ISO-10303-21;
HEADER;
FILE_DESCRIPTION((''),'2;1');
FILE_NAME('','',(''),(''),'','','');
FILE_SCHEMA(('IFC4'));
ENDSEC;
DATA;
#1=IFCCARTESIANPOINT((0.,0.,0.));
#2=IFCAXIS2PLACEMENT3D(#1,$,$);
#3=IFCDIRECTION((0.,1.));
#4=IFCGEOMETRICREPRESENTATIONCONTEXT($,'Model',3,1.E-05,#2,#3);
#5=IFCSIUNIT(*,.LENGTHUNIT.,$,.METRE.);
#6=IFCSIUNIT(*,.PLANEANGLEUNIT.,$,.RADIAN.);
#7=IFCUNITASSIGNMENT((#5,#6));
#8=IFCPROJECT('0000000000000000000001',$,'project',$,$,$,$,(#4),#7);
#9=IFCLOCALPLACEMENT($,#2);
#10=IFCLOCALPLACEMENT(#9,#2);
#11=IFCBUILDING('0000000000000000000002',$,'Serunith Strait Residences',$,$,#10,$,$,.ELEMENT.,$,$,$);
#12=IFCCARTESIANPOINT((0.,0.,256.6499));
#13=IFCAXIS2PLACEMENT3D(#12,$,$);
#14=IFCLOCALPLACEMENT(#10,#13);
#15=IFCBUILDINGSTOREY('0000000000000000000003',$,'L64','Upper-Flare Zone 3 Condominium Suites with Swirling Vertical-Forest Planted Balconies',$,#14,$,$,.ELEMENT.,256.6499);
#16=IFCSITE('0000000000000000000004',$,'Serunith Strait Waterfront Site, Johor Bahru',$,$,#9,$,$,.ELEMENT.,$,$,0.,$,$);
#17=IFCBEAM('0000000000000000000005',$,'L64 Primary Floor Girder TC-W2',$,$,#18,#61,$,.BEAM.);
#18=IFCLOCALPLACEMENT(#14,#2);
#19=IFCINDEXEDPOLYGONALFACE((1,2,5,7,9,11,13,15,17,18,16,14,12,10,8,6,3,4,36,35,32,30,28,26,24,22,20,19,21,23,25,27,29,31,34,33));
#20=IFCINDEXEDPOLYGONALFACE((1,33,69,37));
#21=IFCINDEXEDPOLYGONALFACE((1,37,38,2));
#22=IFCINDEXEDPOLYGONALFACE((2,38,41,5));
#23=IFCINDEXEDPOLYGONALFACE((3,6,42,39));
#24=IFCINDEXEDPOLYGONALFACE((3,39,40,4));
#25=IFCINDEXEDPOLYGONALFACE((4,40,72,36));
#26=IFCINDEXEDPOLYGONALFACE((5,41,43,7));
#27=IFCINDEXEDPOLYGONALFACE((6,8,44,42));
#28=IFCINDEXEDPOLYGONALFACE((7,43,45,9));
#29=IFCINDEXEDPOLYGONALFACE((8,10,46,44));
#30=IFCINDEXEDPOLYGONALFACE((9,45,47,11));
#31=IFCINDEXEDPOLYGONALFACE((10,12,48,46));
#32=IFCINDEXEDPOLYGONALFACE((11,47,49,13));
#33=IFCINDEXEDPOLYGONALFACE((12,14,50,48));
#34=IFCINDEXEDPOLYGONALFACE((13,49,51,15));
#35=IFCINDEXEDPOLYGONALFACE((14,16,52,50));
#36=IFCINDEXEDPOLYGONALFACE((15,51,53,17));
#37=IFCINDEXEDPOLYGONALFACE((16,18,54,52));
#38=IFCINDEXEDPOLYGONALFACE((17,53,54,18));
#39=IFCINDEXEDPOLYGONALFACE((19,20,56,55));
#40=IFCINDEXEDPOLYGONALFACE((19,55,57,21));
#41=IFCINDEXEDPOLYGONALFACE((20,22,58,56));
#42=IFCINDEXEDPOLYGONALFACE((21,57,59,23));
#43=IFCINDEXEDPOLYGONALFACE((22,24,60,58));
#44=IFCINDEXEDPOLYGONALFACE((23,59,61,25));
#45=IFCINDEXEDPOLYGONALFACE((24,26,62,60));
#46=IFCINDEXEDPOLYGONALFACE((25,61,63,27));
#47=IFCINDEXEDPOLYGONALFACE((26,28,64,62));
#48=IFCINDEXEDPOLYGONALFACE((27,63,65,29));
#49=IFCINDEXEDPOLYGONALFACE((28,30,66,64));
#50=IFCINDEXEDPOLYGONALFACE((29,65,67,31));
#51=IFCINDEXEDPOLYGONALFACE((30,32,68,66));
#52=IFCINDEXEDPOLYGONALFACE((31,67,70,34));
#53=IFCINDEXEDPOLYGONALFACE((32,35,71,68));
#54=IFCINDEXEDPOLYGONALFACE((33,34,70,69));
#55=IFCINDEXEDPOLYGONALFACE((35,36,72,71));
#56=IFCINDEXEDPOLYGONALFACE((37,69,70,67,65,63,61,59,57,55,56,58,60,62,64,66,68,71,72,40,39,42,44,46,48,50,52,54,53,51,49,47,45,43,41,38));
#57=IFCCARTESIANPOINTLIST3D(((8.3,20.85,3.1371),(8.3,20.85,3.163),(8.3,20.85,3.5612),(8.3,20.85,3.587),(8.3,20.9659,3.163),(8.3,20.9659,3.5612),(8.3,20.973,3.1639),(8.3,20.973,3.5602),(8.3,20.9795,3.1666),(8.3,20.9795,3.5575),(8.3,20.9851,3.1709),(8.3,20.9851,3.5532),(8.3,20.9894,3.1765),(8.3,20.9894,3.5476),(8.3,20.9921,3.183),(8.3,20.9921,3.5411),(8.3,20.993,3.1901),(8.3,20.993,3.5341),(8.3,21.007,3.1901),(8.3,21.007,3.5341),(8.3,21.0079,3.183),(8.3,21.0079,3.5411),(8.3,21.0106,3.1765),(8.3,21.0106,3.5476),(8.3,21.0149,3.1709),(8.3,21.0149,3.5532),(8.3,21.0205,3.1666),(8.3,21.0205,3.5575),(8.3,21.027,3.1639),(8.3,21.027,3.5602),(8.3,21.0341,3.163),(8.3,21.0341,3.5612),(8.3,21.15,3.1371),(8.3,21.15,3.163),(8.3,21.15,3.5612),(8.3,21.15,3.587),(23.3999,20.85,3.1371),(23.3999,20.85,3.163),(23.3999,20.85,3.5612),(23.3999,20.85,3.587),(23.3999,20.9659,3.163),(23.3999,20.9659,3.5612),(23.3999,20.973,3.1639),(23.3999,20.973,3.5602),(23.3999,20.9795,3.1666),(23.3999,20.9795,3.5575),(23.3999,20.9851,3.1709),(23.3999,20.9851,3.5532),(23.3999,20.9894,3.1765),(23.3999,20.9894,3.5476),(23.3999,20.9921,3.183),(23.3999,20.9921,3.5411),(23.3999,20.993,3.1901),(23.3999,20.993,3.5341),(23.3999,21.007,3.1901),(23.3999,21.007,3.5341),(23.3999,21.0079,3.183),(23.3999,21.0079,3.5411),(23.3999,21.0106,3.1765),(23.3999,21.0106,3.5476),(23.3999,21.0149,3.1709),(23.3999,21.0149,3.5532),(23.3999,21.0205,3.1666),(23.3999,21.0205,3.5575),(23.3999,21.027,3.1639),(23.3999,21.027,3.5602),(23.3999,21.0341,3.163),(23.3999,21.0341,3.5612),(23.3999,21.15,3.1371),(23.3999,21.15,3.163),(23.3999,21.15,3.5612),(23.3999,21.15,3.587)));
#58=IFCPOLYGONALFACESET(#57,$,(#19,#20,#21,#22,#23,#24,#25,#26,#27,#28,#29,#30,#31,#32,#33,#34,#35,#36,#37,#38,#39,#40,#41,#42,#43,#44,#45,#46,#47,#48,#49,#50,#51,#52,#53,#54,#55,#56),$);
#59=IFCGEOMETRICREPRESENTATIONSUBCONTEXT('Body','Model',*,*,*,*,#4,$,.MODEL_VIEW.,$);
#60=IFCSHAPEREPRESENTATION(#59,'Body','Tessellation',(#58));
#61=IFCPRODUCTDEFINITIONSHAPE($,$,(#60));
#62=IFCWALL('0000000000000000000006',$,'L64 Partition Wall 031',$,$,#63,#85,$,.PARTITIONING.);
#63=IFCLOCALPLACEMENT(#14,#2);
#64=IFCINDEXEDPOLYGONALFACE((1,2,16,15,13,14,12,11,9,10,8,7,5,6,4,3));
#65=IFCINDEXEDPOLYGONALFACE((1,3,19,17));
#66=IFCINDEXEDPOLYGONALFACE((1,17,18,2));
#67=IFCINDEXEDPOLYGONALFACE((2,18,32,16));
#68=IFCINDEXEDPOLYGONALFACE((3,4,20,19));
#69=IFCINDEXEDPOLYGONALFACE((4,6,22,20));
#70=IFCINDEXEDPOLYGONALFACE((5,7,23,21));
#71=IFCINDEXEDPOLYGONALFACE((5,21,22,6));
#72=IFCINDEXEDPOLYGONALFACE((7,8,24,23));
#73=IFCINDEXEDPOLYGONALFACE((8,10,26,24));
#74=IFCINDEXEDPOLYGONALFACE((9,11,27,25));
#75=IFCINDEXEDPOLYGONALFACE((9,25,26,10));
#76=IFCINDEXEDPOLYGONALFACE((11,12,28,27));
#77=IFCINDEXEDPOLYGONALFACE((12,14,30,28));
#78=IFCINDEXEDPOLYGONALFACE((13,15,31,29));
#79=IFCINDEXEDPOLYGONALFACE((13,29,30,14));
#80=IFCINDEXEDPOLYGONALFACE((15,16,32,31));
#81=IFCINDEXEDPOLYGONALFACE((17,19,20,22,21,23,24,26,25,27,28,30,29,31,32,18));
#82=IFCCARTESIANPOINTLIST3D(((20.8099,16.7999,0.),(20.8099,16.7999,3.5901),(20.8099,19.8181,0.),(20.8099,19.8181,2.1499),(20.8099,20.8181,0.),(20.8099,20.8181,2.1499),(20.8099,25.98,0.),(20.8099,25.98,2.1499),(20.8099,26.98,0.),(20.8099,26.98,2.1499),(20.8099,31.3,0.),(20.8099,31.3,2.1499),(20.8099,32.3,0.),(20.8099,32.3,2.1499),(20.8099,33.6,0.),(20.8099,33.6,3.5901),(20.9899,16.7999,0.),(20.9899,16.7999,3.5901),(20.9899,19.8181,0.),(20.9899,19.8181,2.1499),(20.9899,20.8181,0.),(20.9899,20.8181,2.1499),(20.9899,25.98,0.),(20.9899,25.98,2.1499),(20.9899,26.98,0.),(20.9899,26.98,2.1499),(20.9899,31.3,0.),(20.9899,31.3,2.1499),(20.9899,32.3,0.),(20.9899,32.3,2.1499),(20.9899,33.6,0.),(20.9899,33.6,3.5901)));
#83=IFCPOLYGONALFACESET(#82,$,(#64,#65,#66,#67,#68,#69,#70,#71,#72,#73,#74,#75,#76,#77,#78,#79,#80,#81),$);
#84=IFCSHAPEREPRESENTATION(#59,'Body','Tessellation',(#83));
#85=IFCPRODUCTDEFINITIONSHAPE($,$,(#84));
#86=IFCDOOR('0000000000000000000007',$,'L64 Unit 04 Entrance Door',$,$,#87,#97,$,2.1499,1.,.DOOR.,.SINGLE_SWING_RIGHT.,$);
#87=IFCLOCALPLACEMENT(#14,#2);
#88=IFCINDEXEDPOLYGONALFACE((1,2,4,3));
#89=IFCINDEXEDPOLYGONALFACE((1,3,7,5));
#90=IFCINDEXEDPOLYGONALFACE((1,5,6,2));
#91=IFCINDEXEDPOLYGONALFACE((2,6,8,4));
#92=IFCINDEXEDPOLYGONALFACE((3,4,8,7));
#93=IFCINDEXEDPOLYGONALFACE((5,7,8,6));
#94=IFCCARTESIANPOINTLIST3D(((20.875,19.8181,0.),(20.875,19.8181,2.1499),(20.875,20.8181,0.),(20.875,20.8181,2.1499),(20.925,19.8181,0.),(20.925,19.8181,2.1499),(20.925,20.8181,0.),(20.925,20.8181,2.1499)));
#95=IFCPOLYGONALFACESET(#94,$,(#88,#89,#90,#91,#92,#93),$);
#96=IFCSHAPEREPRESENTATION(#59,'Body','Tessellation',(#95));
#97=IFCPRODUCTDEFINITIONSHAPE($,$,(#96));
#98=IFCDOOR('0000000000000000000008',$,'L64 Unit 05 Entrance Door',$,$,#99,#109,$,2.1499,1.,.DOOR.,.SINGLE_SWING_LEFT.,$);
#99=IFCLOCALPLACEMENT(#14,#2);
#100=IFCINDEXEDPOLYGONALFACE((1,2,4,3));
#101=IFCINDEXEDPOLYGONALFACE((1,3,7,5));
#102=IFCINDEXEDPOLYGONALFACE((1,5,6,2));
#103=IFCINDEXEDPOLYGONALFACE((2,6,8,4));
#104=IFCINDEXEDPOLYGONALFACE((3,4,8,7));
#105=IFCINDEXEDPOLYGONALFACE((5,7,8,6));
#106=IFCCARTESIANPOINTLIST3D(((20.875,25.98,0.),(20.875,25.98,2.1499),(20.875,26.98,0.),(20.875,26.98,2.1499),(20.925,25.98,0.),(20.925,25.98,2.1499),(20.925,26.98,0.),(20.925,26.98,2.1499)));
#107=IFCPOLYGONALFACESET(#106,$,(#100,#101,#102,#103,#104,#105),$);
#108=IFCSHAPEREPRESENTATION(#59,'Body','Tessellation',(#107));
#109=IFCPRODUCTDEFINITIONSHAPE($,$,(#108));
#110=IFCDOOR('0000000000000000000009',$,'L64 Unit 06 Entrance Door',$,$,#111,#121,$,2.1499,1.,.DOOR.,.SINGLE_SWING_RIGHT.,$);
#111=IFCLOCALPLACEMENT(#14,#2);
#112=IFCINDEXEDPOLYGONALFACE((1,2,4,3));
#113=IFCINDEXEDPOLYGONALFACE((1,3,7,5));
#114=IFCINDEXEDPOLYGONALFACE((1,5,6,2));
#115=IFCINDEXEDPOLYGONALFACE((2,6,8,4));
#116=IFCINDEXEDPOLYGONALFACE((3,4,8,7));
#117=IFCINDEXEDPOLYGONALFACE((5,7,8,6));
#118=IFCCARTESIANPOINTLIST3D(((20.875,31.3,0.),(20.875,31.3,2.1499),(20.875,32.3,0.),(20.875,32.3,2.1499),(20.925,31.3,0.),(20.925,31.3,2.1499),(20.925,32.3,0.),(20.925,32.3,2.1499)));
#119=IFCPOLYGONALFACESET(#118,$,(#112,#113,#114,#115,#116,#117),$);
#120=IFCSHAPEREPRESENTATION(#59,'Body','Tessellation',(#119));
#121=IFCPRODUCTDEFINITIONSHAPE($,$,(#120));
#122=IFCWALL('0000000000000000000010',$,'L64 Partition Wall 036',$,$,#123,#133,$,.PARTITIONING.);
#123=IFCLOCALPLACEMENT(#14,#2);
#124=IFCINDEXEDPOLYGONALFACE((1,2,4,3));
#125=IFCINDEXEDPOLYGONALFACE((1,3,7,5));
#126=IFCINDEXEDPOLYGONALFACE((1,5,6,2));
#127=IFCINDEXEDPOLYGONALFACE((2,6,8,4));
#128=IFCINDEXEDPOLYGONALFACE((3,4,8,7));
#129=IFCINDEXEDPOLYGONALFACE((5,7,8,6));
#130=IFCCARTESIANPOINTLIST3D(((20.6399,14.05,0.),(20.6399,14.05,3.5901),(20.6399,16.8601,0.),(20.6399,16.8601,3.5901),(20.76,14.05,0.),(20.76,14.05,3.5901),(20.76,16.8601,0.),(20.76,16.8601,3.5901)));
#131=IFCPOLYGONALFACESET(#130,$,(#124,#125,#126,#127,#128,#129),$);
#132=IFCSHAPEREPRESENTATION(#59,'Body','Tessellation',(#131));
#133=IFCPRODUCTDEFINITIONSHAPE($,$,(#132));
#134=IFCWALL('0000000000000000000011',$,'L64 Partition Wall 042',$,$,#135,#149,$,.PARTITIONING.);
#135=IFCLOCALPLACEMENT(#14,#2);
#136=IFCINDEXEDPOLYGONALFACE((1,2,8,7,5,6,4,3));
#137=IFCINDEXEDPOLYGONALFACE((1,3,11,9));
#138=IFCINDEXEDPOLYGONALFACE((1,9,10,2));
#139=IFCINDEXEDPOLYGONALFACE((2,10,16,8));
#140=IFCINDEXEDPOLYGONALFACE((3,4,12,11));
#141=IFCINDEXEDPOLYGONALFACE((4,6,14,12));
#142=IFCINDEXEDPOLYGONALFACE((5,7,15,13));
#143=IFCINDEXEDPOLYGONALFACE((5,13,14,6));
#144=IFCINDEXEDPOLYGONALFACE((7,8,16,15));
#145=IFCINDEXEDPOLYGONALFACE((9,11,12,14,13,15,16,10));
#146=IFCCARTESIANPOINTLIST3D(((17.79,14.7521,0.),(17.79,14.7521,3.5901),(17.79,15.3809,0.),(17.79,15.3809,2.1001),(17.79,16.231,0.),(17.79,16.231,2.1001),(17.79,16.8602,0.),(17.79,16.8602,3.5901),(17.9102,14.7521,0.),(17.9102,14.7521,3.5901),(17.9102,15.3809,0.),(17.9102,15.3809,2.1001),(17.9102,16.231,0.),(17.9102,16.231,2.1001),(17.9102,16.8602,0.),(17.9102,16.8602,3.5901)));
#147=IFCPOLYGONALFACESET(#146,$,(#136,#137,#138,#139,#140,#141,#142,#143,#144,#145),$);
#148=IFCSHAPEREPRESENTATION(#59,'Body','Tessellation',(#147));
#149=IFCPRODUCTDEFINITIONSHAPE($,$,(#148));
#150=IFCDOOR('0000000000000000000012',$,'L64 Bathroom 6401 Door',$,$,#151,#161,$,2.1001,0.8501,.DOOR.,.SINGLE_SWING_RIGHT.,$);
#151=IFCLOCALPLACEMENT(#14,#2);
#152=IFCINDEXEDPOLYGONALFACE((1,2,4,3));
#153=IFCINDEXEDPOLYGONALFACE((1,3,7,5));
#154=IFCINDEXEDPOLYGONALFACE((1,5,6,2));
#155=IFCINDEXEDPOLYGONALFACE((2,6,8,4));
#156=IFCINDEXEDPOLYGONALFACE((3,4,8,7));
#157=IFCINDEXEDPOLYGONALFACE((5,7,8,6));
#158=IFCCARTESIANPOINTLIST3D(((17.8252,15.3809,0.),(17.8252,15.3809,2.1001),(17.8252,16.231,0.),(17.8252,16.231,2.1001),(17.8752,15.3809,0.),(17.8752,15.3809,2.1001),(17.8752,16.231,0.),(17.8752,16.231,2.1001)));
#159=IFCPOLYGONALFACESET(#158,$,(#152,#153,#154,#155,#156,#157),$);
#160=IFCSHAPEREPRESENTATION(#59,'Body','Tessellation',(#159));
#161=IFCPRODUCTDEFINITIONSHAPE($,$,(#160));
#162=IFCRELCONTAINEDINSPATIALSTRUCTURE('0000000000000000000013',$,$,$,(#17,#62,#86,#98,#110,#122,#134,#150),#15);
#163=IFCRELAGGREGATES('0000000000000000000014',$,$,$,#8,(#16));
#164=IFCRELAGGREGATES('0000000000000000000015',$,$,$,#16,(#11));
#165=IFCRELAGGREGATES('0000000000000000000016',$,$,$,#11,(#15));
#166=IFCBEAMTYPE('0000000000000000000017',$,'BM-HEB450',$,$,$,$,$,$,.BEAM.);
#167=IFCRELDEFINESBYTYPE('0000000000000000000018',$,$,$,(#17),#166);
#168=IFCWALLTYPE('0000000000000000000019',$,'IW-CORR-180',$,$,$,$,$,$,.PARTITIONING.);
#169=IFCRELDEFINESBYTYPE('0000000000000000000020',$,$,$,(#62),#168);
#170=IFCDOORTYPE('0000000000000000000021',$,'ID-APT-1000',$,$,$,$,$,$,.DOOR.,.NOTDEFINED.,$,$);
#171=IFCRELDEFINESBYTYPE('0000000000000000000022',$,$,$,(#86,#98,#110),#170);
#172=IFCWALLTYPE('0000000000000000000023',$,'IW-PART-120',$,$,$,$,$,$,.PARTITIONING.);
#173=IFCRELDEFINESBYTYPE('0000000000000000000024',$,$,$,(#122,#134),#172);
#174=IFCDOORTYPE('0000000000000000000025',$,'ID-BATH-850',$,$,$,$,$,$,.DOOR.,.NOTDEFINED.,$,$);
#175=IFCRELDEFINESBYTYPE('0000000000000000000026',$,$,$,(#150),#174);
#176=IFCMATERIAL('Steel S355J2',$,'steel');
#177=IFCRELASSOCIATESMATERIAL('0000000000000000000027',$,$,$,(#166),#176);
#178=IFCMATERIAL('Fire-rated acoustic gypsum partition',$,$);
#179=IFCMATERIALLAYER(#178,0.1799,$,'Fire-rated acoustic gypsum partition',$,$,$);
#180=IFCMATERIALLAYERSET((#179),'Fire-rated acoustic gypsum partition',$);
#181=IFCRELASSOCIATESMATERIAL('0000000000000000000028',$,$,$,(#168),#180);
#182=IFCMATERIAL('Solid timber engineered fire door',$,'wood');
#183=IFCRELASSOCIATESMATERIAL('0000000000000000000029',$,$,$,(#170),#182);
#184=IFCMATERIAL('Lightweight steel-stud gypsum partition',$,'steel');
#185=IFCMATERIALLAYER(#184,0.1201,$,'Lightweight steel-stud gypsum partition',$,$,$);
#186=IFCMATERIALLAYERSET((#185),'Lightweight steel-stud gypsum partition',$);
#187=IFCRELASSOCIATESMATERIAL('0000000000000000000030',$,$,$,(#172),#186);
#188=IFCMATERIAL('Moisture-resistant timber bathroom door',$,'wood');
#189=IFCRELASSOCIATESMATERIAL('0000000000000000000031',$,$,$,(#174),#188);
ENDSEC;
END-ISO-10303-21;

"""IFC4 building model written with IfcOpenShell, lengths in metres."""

from ifc_helpers import new_model, si_unit, direction, frame, frame_2d, origin, origin_2d, place, context, subcontext, project, spatial, rectangle, i_section, extrude, source, transform, mapped, material, layer, layer_set, material_profile, profile_set, type_object, element, fill, save


model = new_model("IFC4")

# Units and contexts
model_context = context("Model", 3, precision=1e-05, world=origin(), true_north=direction((0.0, 1.0)))
body_context = subcontext(model_context, "Body", "Model", "MODEL_VIEW")
ifc_project = project(units=[si_unit("LENGTHUNIT", "METRE"), si_unit("PLANEANGLEUNIT", "RADIAN")], contexts=[model_context])

# Site, building, storey
site_placement = place(None, origin())
site = spatial("IfcSite", under=ifc_project, at=site_placement, Name="Serunith Strait Waterfront Site, Johor Bahru", CompositionType="ELEMENT", RefElevation=0.0)
building_placement = place(site_placement, origin())
building = spatial("IfcBuilding", under=site, at=building_placement, Name="Serunith Strait Residences", CompositionType="ELEMENT")
storey_placement = place(building_placement, frame((0.0, 0.0, 256.6499)))
storey = spatial("IfcBuildingStorey", under=building, at=storey_placement, Name="L64", Description="Upper-Flare Zone 3 Condominium Suites with Swirling Vertical-Forest Planted Balconies", CompositionType="ELEMENT", Elevation=256.6499)

# Beam
ifc_material_1 = material(Name="Steel S355J2", Category="steel")
ifc_material_profile = material_profile(ifc_material_1, i_section(OverallWidth=0.3, OverallDepth=0.45, WebThickness=0.0139, FlangeThickness=0.0259, FilletRadius=0.0271, at=origin_2d()), Name="HEB 450")
ifc_profile_set = profile_set([ifc_material_profile], Name="Steel S355J2")
beam_type = type_object("IfcBeamType", Name="BM-HEB450", PredefinedType="BEAM", material=ifc_profile_set)
shared_shape_1 = source(origin(), body_context, "Body", "SweptSolid", [
    extrude(i_section(OverallWidth=0.3, OverallDepth=0.45, WebThickness=0.0139, FlangeThickness=0.0259, FilletRadius=0.0271, at=origin_2d()), origin(), (0.0, 0.0, 1.0), 15.0999),
])
beam_placement = place(storey_placement, frame((23.3999, 21.0, 3.3621), z_axis=(-1.0, 0.0, 0.0), x_axis=(0.0, -1.0, 0.0)))
element("IfcBeam", 1, at=beam_placement, inside=storey, type_object=beam_type, Name="L64 Primary Floor Girder TC-W2", PredefinedType="BEAM", context=body_context, shape_type="MappedRepresentation", body=[
    mapped(shared_shape_1, transform((0.0, 0.0, 0.0), scale=1.0)),
])

# Shared definitions
ifc_material_2 = material(Name="Fire-rated acoustic gypsum partition")
ifc_layer_1 = layer(ifc_material_2, 0.1799, Name="Fire-rated acoustic gypsum partition")
ifc_layer_set_1 = layer_set([ifc_layer_1], Name="Fire-rated acoustic gypsum partition")
wall_type_1 = type_object("IfcWallType", Name="IW-CORR-180", PredefinedType="PARTITIONING", material=ifc_layer_set_1)
ifc_material_3 = material(Name="Solid timber engineered fire door", Category="wood")
door_type_1 = type_object("IfcDoorType", Name="ID-APT-1000", OperationType="NOTDEFINED", PredefinedType="DOOR", material=ifc_material_3)
shared_shape_2 = source(origin(), body_context, "Body", "SweptSolid", [
    extrude(rectangle(XDim=1.0, YDim=2.1499, at=frame_2d((0.5, 1.075))), frame((0.0, 0.0249, 0.0), z_axis=(0.0, -1.0, 0.0), x_axis=(1.0, 0.0, 0.0)), (0.0, 0.0, 1.0), 0.05),
])

# Wall, openings, doors
wall_1_placement = place(storey_placement, frame((20.8999, 16.8, 0.0), z_axis=(0.0, 0.0, 1.0), x_axis=(0.0, 1.0, 0.0)))
wall_1 = element("IfcWall", 2, at=wall_1_placement, inside=storey, type_object=wall_type_1, Name="L64 Partition Wall 031", PredefinedType="PARTITIONING", context=body_context, shape_type="SweptSolid", body=[
    extrude(rectangle(XDim=16.8, YDim=0.1799, at=frame_2d((8.3999, 0.0))), origin(), (0.0, 0.0, 1.0), 3.5901),
])
opening_1_placement = place(wall_1_placement, frame((3.0181, 0.0, 0.0)))
opening_1 = element("IfcOpeningElement", 3, at=opening_1_placement, cuts=wall_1, PredefinedType="OPENING", context=body_context, shape_type="SweptSolid", body=[
    extrude(rectangle(XDim=1.0, YDim=2.1499, at=frame_2d((0.5, 1.075))), frame((0.0, 0.1001, 0.0), z_axis=(0.0, -1.0, 0.0), x_axis=(1.0, 0.0, 0.0)), (0.0, 0.0, 1.0), 0.2),
])
opening_2_placement = place(wall_1_placement, frame((9.1799, 0.0, 0.0)))
opening_2 = element("IfcOpeningElement", 4, at=opening_2_placement, cuts=wall_1, PredefinedType="OPENING", context=body_context, shape_type="SweptSolid", body=[
    extrude(rectangle(XDim=1.0, YDim=2.1499, at=frame_2d((0.5, 1.075))), frame((0.0, 0.1001, 0.0), z_axis=(0.0, -1.0, 0.0), x_axis=(1.0, 0.0, 0.0)), (0.0, 0.0, 1.0), 0.2),
])
opening_3_placement = place(wall_1_placement, frame((14.5, 0.0, 0.0)))
opening_3 = element("IfcOpeningElement", 5, at=opening_3_placement, cuts=wall_1, PredefinedType="OPENING", context=body_context, shape_type="SweptSolid", body=[
    extrude(rectangle(XDim=1.0, YDim=2.1499, at=frame_2d((0.5, 1.075))), frame((0.0, 0.1001, 0.0), z_axis=(0.0, -1.0, 0.0), x_axis=(1.0, 0.0, 0.0)), (0.0, 0.0, 1.0), 0.2),
])
door_1_placement = place(opening_1_placement, origin())
door_1 = element("IfcDoor", 6, at=door_1_placement, inside=storey, type_object=door_type_1, Name="L64 Unit 04 Entrance Door", OperationType="SINGLE_SWING_RIGHT", OverallHeight=2.1499, OverallWidth=1.0, PredefinedType="DOOR", context=body_context, shape_type="MappedRepresentation", body=[
    mapped(shared_shape_2, transform((0.0, 0.0, 0.0), scale=1.0)),
])
fill(opening_1, door_1)
door_2_placement = place(opening_2_placement, origin())
door_2 = element("IfcDoor", 7, at=door_2_placement, inside=storey, type_object=door_type_1, Name="L64 Unit 05 Entrance Door", OperationType="SINGLE_SWING_LEFT", OverallHeight=2.1499, OverallWidth=1.0, PredefinedType="DOOR", context=body_context, shape_type="MappedRepresentation", body=[
    mapped(shared_shape_2, transform((0.0, 0.0, 0.0), scale=1.0)),
])
fill(opening_2, door_2)
door_3_placement = place(opening_3_placement, origin())
door_3 = element("IfcDoor", 8, at=door_3_placement, inside=storey, type_object=door_type_1, Name="L64 Unit 06 Entrance Door", OperationType="SINGLE_SWING_RIGHT", OverallHeight=2.1499, OverallWidth=1.0, PredefinedType="DOOR", context=body_context, shape_type="MappedRepresentation", body=[
    mapped(shared_shape_2, transform((0.0, 0.0, 0.0), scale=1.0)),
])
fill(opening_3, door_3)

# Wall
ifc_material_4 = material(Name="Lightweight steel-stud gypsum partition", Category="steel")
ifc_layer_2 = layer(ifc_material_4, 0.1201, Name="Lightweight steel-stud gypsum partition")
ifc_layer_set_2 = layer_set([ifc_layer_2], Name="Lightweight steel-stud gypsum partition")
wall_type_2 = type_object("IfcWallType", Name="IW-PART-120", PredefinedType="PARTITIONING", material=ifc_layer_set_2)
wall_2_placement = place(storey_placement, frame((20.7, 14.05, 0.0), z_axis=(0.0, 0.0, 1.0), x_axis=(0.0, 1.0, 0.0)))
element("IfcWall", 9, at=wall_2_placement, inside=storey, type_object=wall_type_2, Name="L64 Partition Wall 036", PredefinedType="PARTITIONING", context=body_context, shape_type="SweptSolid", body=[
    extrude(rectangle(XDim=2.8101, YDim=0.1201, at=frame_2d((1.405, 0.0))), origin(), (0.0, 0.0, 1.0), 3.5901),
])

# Wall, opening, door
wall_3_placement = place(storey_placement, frame((17.8501, 14.752, 0.0), z_axis=(0.0, 0.0, 1.0), x_axis=(0.0, 1.0, 0.0)))
wall_3 = element("IfcWall", 10, at=wall_3_placement, inside=storey, type_object=wall_type_2, Name="L64 Partition Wall 042", PredefinedType="PARTITIONING", context=body_context, shape_type="SweptSolid", body=[
    extrude(rectangle(XDim=2.1082, YDim=0.1201, at=frame_2d((1.0542, 0.0))), origin(), (0.0, 0.0, 1.0), 3.5901),
])
opening_4_placement = place(wall_3_placement, frame((0.6289, 0.0, 0.0)))
opening_4 = element("IfcOpeningElement", 11, at=opening_4_placement, cuts=wall_3, PredefinedType="OPENING", context=body_context, shape_type="SweptSolid", body=[
    extrude(rectangle(XDim=0.8501, YDim=2.1001, at=frame_2d((0.425, 1.05))), frame((0.0, 0.0701, 0.0), z_axis=(0.0, -1.0, 0.0), x_axis=(1.0, 0.0, 0.0)), (0.0, 0.0, 1.0), 0.1401),
])
ifc_material_5 = material(Name="Moisture-resistant timber bathroom door", Category="wood")
door_type_2 = type_object("IfcDoorType", Name="ID-BATH-850", OperationType="NOTDEFINED", PredefinedType="DOOR", material=ifc_material_5)
shared_shape_3 = source(origin(), body_context, "Body", "SweptSolid", [
    extrude(rectangle(XDim=0.8501, YDim=2.1001, at=frame_2d((0.425, 1.05))), frame((0.0, 0.0249, 0.0), z_axis=(0.0, -1.0, 0.0), x_axis=(1.0, 0.0, 0.0)), (0.0, 0.0, 1.0), 0.05),
])
door_4_placement = place(opening_4_placement, origin())
door_4 = element("IfcDoor", 12, at=door_4_placement, inside=storey, type_object=door_type_2, Name="L64 Bathroom 6401 Door", OperationType="SINGLE_SWING_RIGHT", OverallHeight=2.1001, OverallWidth=0.8501, PredefinedType="DOOR", context=body_context, shape_type="MappedRepresentation", body=[
    mapped(shared_shape_3, transform((0.0, 0.0, 0.0), scale=1.0)),
])
fill(opening_4, door_4)

save(model, "model.ifc")
